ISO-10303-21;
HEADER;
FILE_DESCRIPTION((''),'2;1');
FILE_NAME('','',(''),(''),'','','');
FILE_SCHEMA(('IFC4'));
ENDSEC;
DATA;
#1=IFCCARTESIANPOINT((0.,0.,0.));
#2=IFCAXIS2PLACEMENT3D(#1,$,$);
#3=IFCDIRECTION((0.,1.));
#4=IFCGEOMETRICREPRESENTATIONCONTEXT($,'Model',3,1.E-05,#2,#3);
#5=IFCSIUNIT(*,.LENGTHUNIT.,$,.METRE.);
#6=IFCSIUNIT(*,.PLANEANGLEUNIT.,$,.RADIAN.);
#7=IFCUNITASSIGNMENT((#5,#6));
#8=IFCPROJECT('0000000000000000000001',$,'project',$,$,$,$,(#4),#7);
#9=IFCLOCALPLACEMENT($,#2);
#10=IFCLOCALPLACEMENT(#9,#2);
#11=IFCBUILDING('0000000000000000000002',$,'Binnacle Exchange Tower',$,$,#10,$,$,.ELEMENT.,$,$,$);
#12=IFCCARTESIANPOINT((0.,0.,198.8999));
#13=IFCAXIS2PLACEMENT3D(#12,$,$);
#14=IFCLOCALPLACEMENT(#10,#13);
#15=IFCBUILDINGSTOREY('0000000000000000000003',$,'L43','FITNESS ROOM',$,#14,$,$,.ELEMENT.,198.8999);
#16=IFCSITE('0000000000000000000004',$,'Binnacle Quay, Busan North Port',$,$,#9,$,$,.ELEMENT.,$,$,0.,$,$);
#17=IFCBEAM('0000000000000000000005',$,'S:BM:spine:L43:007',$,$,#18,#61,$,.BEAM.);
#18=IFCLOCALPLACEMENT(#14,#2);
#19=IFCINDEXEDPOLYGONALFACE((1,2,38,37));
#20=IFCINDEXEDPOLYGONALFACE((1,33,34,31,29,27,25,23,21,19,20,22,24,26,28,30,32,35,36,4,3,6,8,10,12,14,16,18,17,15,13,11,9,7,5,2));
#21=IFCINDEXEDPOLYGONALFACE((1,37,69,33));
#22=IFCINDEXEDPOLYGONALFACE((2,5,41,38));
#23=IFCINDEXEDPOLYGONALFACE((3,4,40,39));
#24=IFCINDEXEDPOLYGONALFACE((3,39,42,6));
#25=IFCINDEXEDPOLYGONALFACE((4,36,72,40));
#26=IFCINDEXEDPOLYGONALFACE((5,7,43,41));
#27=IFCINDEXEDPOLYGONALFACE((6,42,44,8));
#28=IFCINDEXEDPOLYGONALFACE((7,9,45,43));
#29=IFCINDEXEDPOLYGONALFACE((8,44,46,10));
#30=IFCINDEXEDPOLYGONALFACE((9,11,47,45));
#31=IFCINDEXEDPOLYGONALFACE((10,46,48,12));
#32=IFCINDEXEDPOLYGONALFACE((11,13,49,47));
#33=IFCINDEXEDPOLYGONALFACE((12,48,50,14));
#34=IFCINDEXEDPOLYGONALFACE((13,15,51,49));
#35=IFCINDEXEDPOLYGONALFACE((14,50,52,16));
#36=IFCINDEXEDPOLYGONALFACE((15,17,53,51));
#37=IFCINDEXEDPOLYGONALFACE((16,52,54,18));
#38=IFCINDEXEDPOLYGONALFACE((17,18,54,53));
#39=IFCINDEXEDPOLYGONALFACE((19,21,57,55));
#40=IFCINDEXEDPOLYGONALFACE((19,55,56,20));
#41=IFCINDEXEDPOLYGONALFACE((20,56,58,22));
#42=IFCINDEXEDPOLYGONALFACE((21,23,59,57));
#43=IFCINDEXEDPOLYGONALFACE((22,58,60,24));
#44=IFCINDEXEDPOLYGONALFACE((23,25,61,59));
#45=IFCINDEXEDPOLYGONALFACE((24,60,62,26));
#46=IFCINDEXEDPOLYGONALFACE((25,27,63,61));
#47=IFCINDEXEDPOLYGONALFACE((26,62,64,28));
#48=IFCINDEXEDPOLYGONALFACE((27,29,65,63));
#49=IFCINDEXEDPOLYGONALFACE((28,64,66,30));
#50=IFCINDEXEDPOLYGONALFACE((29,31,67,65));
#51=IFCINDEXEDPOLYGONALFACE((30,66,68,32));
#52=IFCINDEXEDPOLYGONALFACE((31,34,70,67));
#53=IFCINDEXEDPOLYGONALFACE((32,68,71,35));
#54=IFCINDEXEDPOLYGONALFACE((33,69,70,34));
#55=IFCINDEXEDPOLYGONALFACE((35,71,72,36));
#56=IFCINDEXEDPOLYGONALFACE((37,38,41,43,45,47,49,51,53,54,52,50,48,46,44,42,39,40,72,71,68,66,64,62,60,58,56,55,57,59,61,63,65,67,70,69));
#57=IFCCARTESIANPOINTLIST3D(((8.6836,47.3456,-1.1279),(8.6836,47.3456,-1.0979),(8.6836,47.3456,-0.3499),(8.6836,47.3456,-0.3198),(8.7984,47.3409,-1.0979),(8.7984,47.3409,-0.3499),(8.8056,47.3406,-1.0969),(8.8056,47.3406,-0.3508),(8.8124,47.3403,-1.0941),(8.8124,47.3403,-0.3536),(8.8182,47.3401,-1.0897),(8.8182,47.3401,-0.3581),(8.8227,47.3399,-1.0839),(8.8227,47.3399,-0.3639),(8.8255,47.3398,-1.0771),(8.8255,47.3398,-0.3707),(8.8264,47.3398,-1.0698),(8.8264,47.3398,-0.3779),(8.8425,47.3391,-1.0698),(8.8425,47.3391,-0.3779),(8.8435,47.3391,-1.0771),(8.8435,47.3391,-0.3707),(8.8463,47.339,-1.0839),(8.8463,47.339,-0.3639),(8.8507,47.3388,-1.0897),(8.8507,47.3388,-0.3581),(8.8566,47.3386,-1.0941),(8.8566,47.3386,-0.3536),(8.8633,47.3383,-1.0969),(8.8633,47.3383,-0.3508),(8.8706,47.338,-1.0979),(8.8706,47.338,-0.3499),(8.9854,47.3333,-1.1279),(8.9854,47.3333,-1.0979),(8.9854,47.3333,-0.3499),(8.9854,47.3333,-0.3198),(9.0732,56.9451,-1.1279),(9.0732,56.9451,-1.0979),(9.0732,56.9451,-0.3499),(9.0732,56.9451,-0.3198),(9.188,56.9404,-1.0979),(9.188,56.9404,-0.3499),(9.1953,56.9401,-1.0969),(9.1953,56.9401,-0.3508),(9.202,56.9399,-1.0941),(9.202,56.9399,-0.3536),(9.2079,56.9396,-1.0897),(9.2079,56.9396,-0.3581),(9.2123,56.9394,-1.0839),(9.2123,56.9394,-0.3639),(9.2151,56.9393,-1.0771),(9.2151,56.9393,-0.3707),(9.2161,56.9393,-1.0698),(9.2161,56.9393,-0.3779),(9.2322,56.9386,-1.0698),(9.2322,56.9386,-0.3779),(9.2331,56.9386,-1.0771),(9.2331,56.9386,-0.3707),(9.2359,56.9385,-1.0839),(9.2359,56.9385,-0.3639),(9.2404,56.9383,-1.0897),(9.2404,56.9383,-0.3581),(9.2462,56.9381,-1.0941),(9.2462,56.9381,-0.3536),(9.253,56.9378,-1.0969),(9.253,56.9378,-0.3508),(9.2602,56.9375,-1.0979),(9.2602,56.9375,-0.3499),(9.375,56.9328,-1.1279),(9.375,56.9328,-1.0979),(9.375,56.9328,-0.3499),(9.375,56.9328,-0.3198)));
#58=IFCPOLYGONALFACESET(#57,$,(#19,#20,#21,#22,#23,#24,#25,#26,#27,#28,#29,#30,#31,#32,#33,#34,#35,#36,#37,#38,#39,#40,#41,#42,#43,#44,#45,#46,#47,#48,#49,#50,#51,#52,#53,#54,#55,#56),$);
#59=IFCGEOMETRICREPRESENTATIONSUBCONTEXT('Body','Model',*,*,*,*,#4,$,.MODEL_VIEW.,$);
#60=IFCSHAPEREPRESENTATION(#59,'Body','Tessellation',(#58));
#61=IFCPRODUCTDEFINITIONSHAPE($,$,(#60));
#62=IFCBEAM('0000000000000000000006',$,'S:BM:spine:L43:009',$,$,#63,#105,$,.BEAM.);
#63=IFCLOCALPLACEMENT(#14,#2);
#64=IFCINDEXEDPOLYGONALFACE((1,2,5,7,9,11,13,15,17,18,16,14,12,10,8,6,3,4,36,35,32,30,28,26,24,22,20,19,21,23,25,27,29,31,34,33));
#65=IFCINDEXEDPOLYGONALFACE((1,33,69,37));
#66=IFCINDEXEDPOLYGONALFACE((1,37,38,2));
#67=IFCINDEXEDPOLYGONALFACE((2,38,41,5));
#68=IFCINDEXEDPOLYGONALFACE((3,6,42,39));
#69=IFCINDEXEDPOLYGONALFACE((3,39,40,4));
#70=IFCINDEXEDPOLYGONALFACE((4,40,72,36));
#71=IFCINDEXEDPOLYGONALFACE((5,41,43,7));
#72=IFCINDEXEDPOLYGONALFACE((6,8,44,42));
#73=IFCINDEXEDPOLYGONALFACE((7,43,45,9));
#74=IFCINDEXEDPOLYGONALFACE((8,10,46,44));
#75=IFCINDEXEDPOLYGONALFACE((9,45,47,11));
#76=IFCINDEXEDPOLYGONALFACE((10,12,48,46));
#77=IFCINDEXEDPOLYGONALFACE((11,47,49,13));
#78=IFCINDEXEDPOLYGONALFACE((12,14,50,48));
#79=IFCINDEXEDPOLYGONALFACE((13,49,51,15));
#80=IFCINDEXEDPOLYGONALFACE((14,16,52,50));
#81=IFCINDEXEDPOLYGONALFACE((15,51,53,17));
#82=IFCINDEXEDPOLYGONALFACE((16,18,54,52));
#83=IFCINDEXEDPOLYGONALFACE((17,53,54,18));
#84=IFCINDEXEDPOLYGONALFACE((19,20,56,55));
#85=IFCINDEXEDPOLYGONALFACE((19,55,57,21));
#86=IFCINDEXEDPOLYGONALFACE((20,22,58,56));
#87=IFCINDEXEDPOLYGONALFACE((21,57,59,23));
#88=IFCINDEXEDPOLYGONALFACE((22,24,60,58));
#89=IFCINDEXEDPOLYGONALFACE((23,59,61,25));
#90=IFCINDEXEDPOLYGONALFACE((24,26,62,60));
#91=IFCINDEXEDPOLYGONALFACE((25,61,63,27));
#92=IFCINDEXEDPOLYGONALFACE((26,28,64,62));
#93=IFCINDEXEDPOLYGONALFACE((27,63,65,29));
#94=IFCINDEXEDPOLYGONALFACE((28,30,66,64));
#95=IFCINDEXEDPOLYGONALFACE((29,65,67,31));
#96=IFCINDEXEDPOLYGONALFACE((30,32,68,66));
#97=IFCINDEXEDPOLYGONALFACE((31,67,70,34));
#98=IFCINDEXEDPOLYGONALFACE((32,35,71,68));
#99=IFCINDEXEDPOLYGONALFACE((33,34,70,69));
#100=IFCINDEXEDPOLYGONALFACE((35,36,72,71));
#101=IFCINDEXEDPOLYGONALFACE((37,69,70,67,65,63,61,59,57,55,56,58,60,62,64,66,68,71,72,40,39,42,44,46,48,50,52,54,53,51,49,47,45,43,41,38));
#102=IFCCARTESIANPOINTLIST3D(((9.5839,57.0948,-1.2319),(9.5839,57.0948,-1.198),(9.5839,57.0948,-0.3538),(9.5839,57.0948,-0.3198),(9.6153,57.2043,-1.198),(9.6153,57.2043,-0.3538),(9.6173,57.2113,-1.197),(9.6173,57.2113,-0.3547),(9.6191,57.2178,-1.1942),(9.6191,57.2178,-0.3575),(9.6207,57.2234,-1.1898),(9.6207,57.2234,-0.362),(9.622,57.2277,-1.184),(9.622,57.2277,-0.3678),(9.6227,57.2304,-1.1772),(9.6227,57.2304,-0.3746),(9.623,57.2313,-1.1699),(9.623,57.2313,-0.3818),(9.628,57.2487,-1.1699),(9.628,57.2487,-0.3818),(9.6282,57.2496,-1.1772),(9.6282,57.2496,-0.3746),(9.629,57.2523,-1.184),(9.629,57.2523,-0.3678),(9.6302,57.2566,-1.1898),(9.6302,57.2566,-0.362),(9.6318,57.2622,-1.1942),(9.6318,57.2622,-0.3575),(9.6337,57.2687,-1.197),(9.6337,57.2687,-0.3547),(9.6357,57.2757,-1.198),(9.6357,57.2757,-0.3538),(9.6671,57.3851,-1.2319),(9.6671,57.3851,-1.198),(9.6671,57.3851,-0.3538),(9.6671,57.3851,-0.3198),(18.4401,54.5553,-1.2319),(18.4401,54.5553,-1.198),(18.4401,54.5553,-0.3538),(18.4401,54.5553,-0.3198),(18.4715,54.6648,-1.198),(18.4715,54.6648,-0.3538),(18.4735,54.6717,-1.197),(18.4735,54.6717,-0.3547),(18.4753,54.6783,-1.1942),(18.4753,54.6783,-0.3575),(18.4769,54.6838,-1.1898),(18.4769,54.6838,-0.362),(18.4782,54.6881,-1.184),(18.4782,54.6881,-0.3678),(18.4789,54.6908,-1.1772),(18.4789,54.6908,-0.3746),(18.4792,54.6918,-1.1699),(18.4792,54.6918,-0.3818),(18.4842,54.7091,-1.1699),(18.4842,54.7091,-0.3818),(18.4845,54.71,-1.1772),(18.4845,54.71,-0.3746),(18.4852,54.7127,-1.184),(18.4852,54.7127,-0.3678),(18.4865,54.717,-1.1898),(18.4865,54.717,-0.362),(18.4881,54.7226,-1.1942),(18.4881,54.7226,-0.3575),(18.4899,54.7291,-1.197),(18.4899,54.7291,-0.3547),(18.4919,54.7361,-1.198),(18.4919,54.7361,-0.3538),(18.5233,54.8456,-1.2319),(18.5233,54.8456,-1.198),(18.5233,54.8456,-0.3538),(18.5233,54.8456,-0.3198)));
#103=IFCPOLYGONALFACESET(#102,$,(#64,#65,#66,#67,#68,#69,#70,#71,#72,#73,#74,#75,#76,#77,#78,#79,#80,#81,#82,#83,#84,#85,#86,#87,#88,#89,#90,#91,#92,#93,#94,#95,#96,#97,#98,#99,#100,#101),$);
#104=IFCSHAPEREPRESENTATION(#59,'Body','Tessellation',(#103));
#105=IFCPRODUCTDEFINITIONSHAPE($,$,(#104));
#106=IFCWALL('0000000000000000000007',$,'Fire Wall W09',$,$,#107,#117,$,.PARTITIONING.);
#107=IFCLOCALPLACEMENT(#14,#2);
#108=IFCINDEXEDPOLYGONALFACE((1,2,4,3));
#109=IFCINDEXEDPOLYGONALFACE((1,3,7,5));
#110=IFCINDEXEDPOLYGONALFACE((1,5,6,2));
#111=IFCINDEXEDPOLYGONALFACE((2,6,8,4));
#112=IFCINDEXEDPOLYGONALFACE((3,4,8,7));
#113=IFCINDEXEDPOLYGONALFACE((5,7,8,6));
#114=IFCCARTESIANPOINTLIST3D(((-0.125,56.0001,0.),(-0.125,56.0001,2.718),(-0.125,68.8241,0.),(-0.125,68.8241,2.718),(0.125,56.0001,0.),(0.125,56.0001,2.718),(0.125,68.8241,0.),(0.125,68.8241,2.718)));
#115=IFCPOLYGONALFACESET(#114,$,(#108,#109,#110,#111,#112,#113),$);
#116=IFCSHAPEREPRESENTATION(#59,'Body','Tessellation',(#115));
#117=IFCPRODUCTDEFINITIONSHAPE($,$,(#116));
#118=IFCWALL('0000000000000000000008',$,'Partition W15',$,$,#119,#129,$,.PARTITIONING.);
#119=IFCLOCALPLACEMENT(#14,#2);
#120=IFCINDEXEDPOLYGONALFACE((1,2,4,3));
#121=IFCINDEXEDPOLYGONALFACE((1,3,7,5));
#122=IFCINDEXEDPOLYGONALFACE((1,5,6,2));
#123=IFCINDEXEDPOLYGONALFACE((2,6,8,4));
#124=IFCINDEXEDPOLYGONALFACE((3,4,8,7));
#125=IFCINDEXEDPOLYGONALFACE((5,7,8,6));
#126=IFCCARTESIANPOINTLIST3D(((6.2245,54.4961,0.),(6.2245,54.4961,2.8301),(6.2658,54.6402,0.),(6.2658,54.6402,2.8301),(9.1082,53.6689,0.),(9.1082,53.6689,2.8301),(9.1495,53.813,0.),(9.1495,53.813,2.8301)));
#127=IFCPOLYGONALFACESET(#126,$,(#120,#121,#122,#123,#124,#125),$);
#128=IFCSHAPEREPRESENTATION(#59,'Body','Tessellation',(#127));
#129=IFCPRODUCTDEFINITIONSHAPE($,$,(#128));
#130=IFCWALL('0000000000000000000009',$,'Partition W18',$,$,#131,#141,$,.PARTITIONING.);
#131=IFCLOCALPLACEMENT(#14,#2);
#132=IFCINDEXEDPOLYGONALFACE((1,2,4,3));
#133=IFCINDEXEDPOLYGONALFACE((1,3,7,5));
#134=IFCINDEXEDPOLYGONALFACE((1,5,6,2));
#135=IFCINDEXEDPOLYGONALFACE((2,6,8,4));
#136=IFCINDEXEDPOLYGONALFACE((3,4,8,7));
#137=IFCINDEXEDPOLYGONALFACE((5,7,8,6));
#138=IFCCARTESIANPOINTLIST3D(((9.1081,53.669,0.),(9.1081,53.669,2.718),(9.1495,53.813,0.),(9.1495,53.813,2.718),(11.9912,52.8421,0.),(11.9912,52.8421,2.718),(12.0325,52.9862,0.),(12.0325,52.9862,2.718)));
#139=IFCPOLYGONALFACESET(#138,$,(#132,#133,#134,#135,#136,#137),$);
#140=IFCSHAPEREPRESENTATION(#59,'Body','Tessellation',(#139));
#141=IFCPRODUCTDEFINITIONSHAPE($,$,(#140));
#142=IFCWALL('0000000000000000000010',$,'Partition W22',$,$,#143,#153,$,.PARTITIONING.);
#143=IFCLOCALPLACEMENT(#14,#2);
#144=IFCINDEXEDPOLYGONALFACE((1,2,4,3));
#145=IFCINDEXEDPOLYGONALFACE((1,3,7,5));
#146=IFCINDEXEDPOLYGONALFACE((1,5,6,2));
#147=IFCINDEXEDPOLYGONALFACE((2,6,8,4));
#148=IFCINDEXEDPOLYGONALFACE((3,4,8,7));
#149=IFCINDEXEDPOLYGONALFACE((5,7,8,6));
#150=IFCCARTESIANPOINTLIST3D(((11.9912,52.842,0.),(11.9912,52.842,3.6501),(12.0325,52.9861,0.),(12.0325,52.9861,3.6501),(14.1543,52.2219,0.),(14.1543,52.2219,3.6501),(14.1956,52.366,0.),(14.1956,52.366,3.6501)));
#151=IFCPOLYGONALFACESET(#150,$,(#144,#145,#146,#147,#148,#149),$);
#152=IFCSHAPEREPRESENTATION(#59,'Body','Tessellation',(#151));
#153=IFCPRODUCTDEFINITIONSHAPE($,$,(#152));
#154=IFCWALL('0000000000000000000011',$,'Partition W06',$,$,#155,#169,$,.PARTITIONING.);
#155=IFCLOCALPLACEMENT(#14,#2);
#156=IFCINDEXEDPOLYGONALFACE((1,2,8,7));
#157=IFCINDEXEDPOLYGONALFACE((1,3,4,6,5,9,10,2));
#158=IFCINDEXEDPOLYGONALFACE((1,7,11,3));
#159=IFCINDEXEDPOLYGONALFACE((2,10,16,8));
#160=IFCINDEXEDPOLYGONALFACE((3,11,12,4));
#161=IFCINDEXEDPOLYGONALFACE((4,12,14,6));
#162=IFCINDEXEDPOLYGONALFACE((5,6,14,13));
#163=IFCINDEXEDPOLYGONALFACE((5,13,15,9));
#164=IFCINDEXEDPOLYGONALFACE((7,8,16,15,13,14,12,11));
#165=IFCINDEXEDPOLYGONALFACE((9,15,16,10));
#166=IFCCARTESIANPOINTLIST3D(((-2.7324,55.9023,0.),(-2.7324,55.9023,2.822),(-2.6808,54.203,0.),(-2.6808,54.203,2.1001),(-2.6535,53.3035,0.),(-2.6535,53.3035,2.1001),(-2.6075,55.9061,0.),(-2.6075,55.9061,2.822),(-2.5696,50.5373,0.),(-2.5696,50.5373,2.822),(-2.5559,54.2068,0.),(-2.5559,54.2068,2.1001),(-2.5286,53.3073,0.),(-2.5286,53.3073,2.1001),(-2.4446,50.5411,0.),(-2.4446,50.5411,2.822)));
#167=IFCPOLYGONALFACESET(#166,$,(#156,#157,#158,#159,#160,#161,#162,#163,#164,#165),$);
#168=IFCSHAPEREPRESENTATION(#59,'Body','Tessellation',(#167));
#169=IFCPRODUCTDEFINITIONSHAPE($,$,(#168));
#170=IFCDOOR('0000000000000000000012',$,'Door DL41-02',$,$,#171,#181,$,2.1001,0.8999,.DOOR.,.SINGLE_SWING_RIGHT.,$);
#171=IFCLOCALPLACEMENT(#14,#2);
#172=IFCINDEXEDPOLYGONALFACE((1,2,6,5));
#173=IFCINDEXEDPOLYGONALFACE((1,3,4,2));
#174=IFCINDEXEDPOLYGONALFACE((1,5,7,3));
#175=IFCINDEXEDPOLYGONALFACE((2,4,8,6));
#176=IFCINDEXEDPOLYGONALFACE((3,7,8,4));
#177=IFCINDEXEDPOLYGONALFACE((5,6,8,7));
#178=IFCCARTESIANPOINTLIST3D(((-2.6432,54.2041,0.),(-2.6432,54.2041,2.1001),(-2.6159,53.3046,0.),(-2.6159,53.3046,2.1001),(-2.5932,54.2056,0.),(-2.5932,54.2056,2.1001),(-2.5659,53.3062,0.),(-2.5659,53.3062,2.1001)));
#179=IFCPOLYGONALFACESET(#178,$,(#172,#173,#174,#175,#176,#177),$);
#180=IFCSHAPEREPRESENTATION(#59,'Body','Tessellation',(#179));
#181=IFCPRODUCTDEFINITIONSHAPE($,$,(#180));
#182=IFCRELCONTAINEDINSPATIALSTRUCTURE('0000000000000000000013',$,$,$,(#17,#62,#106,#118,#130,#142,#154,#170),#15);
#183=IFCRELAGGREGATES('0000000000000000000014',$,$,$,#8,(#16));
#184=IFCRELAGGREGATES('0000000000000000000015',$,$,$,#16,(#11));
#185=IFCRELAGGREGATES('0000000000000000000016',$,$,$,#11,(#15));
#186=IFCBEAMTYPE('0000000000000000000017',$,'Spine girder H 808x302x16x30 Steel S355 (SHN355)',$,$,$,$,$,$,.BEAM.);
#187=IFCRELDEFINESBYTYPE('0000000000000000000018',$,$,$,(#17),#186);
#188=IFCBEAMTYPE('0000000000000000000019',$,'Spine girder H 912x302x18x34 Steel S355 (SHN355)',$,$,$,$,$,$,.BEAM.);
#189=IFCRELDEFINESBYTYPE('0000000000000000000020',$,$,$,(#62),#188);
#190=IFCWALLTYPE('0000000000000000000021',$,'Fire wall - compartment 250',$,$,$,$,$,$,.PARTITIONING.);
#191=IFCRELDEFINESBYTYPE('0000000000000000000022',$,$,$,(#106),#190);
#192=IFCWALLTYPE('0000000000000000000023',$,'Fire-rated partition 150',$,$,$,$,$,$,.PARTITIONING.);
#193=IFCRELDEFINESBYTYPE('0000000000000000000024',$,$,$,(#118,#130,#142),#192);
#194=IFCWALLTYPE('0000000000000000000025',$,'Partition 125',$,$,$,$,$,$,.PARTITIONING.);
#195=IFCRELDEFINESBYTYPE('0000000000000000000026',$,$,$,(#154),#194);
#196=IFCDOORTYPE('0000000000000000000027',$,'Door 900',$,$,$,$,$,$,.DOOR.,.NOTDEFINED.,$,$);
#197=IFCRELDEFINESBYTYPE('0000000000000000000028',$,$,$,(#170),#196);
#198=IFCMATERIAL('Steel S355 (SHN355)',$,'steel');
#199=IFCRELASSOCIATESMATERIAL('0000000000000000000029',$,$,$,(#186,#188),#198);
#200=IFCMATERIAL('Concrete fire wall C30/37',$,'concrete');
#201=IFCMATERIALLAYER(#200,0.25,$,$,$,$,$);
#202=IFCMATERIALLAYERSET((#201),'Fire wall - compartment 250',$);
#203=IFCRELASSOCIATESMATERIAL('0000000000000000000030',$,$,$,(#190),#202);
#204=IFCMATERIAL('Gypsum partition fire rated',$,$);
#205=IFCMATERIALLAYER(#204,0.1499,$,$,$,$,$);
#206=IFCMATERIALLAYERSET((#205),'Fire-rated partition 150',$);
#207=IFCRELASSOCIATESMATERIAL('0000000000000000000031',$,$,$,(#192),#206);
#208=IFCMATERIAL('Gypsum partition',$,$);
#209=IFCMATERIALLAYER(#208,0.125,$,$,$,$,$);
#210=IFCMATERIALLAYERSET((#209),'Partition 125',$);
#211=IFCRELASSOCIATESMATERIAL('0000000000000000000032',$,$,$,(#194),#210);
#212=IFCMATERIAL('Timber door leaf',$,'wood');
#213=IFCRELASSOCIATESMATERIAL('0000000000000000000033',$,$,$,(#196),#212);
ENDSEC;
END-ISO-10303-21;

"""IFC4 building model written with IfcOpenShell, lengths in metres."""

from ifc_helpers import new_model, si_unit, direction, frame, frame_2d, origin, origin_2d, place, context, subcontext, project, spatial, rectangle, i_section, extrude, material, layer, layer_set, material_profile, profile_set, type_object, element, fill, save


model = new_model("IFC4")

# Units and contexts
model_context = context("Model", 3, precision=1e-05, world=origin(), true_north=direction((0.0, 1.0)))
body_context = subcontext(model_context, "Body", "Model", "MODEL_VIEW")
ifc_project = project(units=[si_unit("LENGTHUNIT", "METRE"), si_unit("PLANEANGLEUNIT", "RADIAN")], contexts=[model_context])

# Site, building, storey
site_placement = place(None, origin())
site = spatial("IfcSite", under=ifc_project, at=site_placement, Name="Binnacle Quay, Busan North Port", CompositionType="ELEMENT", RefElevation=0.0)
building_placement = place(site_placement, origin())
building = spatial("IfcBuilding", under=site, at=building_placement, Name="Binnacle Exchange Tower", CompositionType="ELEMENT")
storey_placement = place(building_placement, frame((0.0, 0.0, 198.8999)))
storey = spatial("IfcBuildingStorey", under=building, at=storey_placement, Name="L43", Description="FITNESS ROOM", CompositionType="ELEMENT", Elevation=198.8999)

# Beams
ifc_material_1 = material(Name="Steel S355 (SHN355)", Category="steel")
ifc_material_profile_1 = material_profile(ifc_material_1, i_section(OverallWidth=0.302, OverallDepth=0.8081, WebThickness=0.0161, FlangeThickness=0.03, FilletRadius=0.0281, at=origin_2d()), Name="H 808x302x16x30")
ifc_profile_set_1 = profile_set([ifc_material_profile_1], Name="Steel S355 (SHN355)")
beam_type_1 = type_object("IfcBeamType", Name="Spine girder H 808x302x16x30 Steel S355 (SHN355)", PredefinedType="BEAM", material=ifc_profile_set_1)
beam_1_placement = place(storey_placement, frame((9.2241, 56.939, -0.7239), z_axis=(-0.040557, -0.999177, 0.0), x_axis=(0.999177, -0.040557, 0.0)))
element("IfcBeam", 1, at=beam_1_placement, inside=storey, type_object=beam_type_1, Name="S:BM:spine:L43:007", PredefinedType="BEAM", context=body_context, shape_type="SweptSolid", body=[
    extrude(i_section(OverallWidth=0.302, OverallDepth=0.8081, WebThickness=0.0161, FlangeThickness=0.03, FilletRadius=0.0281, at=origin_2d()), origin(), (0.0, 0.0, 1.0), 9.6074),
])
ifc_material_profile_2 = material_profile(ifc_material_1, i_section(OverallWidth=0.302, OverallDepth=0.9121, WebThickness=0.0181, FlangeThickness=0.0339, FilletRadius=0.0281, at=origin_2d()), Name="H 912x302x18x34")
ifc_profile_set_2 = profile_set([ifc_material_profile_2], Name="Steel S355 (SHN355)")
beam_type_2 = type_object("IfcBeamType", Name="Spine girder H 912x302x18x34 Steel S355 (SHN355)", PredefinedType="BEAM", material=ifc_profile_set_2)
beam_2_placement = place(storey_placement, frame((9.6255, 57.24, -0.7759), z_axis=(0.96126, -0.275645, 0.0), x_axis=(0.275645, 0.96126, 0.0)))
element("IfcBeam", 2, at=beam_2_placement, inside=storey, type_object=beam_type_2, Name="S:BM:spine:L43:009", PredefinedType="BEAM", context=body_context, shape_type="SweptSolid", body=[
    extrude(i_section(OverallWidth=0.302, OverallDepth=0.9121, WebThickness=0.0181, FlangeThickness=0.0339, FilletRadius=0.0281, at=origin_2d()), origin(), (0.0, 0.0, 1.0), 9.2131),
])

# Walls
ifc_material_2 = material(Name="Concrete fire wall C30/37", Category="concrete")
ifc_layer_1 = layer(ifc_material_2, 0.25)
ifc_layer_set_1 = layer_set([ifc_layer_1], Name="Fire wall - compartment 250")
wall_type_1 = type_object("IfcWallType", Name="Fire wall - compartment 250", PredefinedType="PARTITIONING", material=ifc_layer_set_1)
wall_1_placement = place(storey_placement, frame((0.0, 56.0, 0.0), z_axis=(0.0, 0.0, 1.0), x_axis=(0.0, 1.0, 0.0)))
element("IfcWall", 3, at=wall_1_placement, inside=storey, type_object=wall_type_1, Name="Fire Wall W09", PredefinedType="PARTITIONING", context=body_context, shape_type="SweptSolid", body=[
    extrude(rectangle(XDim=12.824, YDim=0.25, at=frame_2d((6.4121, 0.0))), origin(), (0.0, 0.0, 1.0), 2.718),
])
ifc_material_3 = material(Name="Gypsum partition fire rated")
ifc_layer_2 = layer(ifc_material_3, 0.1499)
ifc_layer_set_2 = layer_set([ifc_layer_2], Name="Fire-rated partition 150")
wall_type_2 = type_object("IfcWallType", Name="Fire-rated partition 150", PredefinedType="PARTITIONING", material=ifc_layer_set_2)
wall_2_placement = place(storey_placement, frame((6.2451, 54.5681, 0.0), z_axis=(0.0, 0.0, 1.0), x_axis=(0.961241, -0.27571, 0.0)))
element("IfcWall", 4, at=wall_2_placement, inside=storey, type_object=wall_type_2, Name="Partition W15", PredefinedType="PARTITIONING", context=body_context, shape_type="SweptSolid", body=[
    extrude(rectangle(XDim=3.0, YDim=0.1499, at=frame_2d((1.5, 0.0))), origin(), (0.0, 0.0, 1.0), 2.8301),
])
wall_3_placement = place(storey_placement, frame((9.1289, 53.741, 0.0), z_axis=(0.0, 0.0, 1.0), x_axis=(0.961244, -0.275699, 0.0)))
element("IfcWall", 5, at=wall_3_placement, inside=storey, type_object=wall_type_2, Name="Partition W18", PredefinedType="PARTITIONING", context=body_context, shape_type="SweptSolid", body=[
    extrude(rectangle(XDim=2.9993, YDim=0.1499, at=frame_2d((1.4995, 0.0))), origin(), (0.0, 0.0, 1.0), 2.718),
])
wall_4_placement = place(storey_placement, frame((12.012, 52.9141, 0.0), z_axis=(0.0, 0.0, 1.0), x_axis=(0.961278, -0.275581, 0.0)))
element("IfcWall", 6, at=wall_4_placement, inside=storey, type_object=wall_type_2, Name="Partition W22", PredefinedType="PARTITIONING", context=body_context, shape_type="SweptSolid", body=[
    extrude(rectangle(XDim=2.2502, YDim=0.1499, at=frame_2d((1.125, 0.0))), origin(), (0.0, 0.0, 1.0), 3.6501),
])

# Wall, opening, door
ifc_material_4 = material(Name="Gypsum partition")
ifc_layer_3 = layer(ifc_material_4, 0.125)
ifc_layer_set_3 = layer_set([ifc_layer_3], Name="Partition 125")
wall_type_3 = type_object("IfcWallType", Name="Partition 125", PredefinedType="PARTITIONING", material=ifc_layer_set_3)
wall_5_placement = place(storey_placement, frame((-2.6699, 55.9041, 0.0), z_axis=(0.0, 0.0, 1.0), x_axis=(0.030339, -0.99954, 0.0)))
wall_5 = element("IfcWall", 7, at=wall_5_placement, inside=storey, type_object=wall_type_3, Name="Partition W06", PredefinedType="PARTITIONING", context=body_context, shape_type="SweptSolid", body=[
    extrude(rectangle(XDim=5.3674, YDim=0.125, at=frame_2d((2.6836, 0.0))), origin(), (0.0, 0.0, 1.0), 2.822),
])
opening_1_placement = place(wall_5_placement, frame((1.7, 0.0, 0.0)))
opening_1 = element("IfcOpeningElement", 8, at=opening_1_placement, cuts=wall_5, PredefinedType="OPENING", context=body_context, shape_type="SweptSolid", body=[
    extrude(rectangle(XDim=0.8999, YDim=2.1001, at=frame_2d((0.45, 1.05))), frame((0.0, 0.0725, 0.0), z_axis=(0.0, -1.0, 0.0), x_axis=(1.0, 0.0, 0.0)), (0.0, 0.0, 1.0), 0.145),
])
ifc_material_5 = material(Name="Timber door leaf", Category="wood")
door_type_1 = type_object("IfcDoorType", Name="Door 900", OperationType="NOTDEFINED", PredefinedType="DOOR", material=ifc_material_5)
door_1_placement = place(opening_1_placement, frame((0.8999, 0.0, 0.0), z_axis=(0.0, 0.0, 1.0), x_axis=(-1.0, 0.0, 0.0)))
door_1 = element("IfcDoor", 9, at=door_1_placement, inside=storey, type_object=door_type_1, Name="Door DL41-02", OperationType="SINGLE_SWING_RIGHT", OverallHeight=2.1001, OverallWidth=0.8999, PredefinedType="DOOR", context=body_context, shape_type="SweptSolid", body=[
    extrude(rectangle(XDim=0.8999, YDim=2.1001, at=frame_2d((0.45, 1.05))), frame((0.0, 0.0249, 0.0), z_axis=(0.0, -1.0, 0.0), x_axis=(1.0, 0.0, 0.0)), (0.0, 0.0, 1.0), 0.05),
])
fill(opening_1, door_1)

save(model, "model.ifc")
